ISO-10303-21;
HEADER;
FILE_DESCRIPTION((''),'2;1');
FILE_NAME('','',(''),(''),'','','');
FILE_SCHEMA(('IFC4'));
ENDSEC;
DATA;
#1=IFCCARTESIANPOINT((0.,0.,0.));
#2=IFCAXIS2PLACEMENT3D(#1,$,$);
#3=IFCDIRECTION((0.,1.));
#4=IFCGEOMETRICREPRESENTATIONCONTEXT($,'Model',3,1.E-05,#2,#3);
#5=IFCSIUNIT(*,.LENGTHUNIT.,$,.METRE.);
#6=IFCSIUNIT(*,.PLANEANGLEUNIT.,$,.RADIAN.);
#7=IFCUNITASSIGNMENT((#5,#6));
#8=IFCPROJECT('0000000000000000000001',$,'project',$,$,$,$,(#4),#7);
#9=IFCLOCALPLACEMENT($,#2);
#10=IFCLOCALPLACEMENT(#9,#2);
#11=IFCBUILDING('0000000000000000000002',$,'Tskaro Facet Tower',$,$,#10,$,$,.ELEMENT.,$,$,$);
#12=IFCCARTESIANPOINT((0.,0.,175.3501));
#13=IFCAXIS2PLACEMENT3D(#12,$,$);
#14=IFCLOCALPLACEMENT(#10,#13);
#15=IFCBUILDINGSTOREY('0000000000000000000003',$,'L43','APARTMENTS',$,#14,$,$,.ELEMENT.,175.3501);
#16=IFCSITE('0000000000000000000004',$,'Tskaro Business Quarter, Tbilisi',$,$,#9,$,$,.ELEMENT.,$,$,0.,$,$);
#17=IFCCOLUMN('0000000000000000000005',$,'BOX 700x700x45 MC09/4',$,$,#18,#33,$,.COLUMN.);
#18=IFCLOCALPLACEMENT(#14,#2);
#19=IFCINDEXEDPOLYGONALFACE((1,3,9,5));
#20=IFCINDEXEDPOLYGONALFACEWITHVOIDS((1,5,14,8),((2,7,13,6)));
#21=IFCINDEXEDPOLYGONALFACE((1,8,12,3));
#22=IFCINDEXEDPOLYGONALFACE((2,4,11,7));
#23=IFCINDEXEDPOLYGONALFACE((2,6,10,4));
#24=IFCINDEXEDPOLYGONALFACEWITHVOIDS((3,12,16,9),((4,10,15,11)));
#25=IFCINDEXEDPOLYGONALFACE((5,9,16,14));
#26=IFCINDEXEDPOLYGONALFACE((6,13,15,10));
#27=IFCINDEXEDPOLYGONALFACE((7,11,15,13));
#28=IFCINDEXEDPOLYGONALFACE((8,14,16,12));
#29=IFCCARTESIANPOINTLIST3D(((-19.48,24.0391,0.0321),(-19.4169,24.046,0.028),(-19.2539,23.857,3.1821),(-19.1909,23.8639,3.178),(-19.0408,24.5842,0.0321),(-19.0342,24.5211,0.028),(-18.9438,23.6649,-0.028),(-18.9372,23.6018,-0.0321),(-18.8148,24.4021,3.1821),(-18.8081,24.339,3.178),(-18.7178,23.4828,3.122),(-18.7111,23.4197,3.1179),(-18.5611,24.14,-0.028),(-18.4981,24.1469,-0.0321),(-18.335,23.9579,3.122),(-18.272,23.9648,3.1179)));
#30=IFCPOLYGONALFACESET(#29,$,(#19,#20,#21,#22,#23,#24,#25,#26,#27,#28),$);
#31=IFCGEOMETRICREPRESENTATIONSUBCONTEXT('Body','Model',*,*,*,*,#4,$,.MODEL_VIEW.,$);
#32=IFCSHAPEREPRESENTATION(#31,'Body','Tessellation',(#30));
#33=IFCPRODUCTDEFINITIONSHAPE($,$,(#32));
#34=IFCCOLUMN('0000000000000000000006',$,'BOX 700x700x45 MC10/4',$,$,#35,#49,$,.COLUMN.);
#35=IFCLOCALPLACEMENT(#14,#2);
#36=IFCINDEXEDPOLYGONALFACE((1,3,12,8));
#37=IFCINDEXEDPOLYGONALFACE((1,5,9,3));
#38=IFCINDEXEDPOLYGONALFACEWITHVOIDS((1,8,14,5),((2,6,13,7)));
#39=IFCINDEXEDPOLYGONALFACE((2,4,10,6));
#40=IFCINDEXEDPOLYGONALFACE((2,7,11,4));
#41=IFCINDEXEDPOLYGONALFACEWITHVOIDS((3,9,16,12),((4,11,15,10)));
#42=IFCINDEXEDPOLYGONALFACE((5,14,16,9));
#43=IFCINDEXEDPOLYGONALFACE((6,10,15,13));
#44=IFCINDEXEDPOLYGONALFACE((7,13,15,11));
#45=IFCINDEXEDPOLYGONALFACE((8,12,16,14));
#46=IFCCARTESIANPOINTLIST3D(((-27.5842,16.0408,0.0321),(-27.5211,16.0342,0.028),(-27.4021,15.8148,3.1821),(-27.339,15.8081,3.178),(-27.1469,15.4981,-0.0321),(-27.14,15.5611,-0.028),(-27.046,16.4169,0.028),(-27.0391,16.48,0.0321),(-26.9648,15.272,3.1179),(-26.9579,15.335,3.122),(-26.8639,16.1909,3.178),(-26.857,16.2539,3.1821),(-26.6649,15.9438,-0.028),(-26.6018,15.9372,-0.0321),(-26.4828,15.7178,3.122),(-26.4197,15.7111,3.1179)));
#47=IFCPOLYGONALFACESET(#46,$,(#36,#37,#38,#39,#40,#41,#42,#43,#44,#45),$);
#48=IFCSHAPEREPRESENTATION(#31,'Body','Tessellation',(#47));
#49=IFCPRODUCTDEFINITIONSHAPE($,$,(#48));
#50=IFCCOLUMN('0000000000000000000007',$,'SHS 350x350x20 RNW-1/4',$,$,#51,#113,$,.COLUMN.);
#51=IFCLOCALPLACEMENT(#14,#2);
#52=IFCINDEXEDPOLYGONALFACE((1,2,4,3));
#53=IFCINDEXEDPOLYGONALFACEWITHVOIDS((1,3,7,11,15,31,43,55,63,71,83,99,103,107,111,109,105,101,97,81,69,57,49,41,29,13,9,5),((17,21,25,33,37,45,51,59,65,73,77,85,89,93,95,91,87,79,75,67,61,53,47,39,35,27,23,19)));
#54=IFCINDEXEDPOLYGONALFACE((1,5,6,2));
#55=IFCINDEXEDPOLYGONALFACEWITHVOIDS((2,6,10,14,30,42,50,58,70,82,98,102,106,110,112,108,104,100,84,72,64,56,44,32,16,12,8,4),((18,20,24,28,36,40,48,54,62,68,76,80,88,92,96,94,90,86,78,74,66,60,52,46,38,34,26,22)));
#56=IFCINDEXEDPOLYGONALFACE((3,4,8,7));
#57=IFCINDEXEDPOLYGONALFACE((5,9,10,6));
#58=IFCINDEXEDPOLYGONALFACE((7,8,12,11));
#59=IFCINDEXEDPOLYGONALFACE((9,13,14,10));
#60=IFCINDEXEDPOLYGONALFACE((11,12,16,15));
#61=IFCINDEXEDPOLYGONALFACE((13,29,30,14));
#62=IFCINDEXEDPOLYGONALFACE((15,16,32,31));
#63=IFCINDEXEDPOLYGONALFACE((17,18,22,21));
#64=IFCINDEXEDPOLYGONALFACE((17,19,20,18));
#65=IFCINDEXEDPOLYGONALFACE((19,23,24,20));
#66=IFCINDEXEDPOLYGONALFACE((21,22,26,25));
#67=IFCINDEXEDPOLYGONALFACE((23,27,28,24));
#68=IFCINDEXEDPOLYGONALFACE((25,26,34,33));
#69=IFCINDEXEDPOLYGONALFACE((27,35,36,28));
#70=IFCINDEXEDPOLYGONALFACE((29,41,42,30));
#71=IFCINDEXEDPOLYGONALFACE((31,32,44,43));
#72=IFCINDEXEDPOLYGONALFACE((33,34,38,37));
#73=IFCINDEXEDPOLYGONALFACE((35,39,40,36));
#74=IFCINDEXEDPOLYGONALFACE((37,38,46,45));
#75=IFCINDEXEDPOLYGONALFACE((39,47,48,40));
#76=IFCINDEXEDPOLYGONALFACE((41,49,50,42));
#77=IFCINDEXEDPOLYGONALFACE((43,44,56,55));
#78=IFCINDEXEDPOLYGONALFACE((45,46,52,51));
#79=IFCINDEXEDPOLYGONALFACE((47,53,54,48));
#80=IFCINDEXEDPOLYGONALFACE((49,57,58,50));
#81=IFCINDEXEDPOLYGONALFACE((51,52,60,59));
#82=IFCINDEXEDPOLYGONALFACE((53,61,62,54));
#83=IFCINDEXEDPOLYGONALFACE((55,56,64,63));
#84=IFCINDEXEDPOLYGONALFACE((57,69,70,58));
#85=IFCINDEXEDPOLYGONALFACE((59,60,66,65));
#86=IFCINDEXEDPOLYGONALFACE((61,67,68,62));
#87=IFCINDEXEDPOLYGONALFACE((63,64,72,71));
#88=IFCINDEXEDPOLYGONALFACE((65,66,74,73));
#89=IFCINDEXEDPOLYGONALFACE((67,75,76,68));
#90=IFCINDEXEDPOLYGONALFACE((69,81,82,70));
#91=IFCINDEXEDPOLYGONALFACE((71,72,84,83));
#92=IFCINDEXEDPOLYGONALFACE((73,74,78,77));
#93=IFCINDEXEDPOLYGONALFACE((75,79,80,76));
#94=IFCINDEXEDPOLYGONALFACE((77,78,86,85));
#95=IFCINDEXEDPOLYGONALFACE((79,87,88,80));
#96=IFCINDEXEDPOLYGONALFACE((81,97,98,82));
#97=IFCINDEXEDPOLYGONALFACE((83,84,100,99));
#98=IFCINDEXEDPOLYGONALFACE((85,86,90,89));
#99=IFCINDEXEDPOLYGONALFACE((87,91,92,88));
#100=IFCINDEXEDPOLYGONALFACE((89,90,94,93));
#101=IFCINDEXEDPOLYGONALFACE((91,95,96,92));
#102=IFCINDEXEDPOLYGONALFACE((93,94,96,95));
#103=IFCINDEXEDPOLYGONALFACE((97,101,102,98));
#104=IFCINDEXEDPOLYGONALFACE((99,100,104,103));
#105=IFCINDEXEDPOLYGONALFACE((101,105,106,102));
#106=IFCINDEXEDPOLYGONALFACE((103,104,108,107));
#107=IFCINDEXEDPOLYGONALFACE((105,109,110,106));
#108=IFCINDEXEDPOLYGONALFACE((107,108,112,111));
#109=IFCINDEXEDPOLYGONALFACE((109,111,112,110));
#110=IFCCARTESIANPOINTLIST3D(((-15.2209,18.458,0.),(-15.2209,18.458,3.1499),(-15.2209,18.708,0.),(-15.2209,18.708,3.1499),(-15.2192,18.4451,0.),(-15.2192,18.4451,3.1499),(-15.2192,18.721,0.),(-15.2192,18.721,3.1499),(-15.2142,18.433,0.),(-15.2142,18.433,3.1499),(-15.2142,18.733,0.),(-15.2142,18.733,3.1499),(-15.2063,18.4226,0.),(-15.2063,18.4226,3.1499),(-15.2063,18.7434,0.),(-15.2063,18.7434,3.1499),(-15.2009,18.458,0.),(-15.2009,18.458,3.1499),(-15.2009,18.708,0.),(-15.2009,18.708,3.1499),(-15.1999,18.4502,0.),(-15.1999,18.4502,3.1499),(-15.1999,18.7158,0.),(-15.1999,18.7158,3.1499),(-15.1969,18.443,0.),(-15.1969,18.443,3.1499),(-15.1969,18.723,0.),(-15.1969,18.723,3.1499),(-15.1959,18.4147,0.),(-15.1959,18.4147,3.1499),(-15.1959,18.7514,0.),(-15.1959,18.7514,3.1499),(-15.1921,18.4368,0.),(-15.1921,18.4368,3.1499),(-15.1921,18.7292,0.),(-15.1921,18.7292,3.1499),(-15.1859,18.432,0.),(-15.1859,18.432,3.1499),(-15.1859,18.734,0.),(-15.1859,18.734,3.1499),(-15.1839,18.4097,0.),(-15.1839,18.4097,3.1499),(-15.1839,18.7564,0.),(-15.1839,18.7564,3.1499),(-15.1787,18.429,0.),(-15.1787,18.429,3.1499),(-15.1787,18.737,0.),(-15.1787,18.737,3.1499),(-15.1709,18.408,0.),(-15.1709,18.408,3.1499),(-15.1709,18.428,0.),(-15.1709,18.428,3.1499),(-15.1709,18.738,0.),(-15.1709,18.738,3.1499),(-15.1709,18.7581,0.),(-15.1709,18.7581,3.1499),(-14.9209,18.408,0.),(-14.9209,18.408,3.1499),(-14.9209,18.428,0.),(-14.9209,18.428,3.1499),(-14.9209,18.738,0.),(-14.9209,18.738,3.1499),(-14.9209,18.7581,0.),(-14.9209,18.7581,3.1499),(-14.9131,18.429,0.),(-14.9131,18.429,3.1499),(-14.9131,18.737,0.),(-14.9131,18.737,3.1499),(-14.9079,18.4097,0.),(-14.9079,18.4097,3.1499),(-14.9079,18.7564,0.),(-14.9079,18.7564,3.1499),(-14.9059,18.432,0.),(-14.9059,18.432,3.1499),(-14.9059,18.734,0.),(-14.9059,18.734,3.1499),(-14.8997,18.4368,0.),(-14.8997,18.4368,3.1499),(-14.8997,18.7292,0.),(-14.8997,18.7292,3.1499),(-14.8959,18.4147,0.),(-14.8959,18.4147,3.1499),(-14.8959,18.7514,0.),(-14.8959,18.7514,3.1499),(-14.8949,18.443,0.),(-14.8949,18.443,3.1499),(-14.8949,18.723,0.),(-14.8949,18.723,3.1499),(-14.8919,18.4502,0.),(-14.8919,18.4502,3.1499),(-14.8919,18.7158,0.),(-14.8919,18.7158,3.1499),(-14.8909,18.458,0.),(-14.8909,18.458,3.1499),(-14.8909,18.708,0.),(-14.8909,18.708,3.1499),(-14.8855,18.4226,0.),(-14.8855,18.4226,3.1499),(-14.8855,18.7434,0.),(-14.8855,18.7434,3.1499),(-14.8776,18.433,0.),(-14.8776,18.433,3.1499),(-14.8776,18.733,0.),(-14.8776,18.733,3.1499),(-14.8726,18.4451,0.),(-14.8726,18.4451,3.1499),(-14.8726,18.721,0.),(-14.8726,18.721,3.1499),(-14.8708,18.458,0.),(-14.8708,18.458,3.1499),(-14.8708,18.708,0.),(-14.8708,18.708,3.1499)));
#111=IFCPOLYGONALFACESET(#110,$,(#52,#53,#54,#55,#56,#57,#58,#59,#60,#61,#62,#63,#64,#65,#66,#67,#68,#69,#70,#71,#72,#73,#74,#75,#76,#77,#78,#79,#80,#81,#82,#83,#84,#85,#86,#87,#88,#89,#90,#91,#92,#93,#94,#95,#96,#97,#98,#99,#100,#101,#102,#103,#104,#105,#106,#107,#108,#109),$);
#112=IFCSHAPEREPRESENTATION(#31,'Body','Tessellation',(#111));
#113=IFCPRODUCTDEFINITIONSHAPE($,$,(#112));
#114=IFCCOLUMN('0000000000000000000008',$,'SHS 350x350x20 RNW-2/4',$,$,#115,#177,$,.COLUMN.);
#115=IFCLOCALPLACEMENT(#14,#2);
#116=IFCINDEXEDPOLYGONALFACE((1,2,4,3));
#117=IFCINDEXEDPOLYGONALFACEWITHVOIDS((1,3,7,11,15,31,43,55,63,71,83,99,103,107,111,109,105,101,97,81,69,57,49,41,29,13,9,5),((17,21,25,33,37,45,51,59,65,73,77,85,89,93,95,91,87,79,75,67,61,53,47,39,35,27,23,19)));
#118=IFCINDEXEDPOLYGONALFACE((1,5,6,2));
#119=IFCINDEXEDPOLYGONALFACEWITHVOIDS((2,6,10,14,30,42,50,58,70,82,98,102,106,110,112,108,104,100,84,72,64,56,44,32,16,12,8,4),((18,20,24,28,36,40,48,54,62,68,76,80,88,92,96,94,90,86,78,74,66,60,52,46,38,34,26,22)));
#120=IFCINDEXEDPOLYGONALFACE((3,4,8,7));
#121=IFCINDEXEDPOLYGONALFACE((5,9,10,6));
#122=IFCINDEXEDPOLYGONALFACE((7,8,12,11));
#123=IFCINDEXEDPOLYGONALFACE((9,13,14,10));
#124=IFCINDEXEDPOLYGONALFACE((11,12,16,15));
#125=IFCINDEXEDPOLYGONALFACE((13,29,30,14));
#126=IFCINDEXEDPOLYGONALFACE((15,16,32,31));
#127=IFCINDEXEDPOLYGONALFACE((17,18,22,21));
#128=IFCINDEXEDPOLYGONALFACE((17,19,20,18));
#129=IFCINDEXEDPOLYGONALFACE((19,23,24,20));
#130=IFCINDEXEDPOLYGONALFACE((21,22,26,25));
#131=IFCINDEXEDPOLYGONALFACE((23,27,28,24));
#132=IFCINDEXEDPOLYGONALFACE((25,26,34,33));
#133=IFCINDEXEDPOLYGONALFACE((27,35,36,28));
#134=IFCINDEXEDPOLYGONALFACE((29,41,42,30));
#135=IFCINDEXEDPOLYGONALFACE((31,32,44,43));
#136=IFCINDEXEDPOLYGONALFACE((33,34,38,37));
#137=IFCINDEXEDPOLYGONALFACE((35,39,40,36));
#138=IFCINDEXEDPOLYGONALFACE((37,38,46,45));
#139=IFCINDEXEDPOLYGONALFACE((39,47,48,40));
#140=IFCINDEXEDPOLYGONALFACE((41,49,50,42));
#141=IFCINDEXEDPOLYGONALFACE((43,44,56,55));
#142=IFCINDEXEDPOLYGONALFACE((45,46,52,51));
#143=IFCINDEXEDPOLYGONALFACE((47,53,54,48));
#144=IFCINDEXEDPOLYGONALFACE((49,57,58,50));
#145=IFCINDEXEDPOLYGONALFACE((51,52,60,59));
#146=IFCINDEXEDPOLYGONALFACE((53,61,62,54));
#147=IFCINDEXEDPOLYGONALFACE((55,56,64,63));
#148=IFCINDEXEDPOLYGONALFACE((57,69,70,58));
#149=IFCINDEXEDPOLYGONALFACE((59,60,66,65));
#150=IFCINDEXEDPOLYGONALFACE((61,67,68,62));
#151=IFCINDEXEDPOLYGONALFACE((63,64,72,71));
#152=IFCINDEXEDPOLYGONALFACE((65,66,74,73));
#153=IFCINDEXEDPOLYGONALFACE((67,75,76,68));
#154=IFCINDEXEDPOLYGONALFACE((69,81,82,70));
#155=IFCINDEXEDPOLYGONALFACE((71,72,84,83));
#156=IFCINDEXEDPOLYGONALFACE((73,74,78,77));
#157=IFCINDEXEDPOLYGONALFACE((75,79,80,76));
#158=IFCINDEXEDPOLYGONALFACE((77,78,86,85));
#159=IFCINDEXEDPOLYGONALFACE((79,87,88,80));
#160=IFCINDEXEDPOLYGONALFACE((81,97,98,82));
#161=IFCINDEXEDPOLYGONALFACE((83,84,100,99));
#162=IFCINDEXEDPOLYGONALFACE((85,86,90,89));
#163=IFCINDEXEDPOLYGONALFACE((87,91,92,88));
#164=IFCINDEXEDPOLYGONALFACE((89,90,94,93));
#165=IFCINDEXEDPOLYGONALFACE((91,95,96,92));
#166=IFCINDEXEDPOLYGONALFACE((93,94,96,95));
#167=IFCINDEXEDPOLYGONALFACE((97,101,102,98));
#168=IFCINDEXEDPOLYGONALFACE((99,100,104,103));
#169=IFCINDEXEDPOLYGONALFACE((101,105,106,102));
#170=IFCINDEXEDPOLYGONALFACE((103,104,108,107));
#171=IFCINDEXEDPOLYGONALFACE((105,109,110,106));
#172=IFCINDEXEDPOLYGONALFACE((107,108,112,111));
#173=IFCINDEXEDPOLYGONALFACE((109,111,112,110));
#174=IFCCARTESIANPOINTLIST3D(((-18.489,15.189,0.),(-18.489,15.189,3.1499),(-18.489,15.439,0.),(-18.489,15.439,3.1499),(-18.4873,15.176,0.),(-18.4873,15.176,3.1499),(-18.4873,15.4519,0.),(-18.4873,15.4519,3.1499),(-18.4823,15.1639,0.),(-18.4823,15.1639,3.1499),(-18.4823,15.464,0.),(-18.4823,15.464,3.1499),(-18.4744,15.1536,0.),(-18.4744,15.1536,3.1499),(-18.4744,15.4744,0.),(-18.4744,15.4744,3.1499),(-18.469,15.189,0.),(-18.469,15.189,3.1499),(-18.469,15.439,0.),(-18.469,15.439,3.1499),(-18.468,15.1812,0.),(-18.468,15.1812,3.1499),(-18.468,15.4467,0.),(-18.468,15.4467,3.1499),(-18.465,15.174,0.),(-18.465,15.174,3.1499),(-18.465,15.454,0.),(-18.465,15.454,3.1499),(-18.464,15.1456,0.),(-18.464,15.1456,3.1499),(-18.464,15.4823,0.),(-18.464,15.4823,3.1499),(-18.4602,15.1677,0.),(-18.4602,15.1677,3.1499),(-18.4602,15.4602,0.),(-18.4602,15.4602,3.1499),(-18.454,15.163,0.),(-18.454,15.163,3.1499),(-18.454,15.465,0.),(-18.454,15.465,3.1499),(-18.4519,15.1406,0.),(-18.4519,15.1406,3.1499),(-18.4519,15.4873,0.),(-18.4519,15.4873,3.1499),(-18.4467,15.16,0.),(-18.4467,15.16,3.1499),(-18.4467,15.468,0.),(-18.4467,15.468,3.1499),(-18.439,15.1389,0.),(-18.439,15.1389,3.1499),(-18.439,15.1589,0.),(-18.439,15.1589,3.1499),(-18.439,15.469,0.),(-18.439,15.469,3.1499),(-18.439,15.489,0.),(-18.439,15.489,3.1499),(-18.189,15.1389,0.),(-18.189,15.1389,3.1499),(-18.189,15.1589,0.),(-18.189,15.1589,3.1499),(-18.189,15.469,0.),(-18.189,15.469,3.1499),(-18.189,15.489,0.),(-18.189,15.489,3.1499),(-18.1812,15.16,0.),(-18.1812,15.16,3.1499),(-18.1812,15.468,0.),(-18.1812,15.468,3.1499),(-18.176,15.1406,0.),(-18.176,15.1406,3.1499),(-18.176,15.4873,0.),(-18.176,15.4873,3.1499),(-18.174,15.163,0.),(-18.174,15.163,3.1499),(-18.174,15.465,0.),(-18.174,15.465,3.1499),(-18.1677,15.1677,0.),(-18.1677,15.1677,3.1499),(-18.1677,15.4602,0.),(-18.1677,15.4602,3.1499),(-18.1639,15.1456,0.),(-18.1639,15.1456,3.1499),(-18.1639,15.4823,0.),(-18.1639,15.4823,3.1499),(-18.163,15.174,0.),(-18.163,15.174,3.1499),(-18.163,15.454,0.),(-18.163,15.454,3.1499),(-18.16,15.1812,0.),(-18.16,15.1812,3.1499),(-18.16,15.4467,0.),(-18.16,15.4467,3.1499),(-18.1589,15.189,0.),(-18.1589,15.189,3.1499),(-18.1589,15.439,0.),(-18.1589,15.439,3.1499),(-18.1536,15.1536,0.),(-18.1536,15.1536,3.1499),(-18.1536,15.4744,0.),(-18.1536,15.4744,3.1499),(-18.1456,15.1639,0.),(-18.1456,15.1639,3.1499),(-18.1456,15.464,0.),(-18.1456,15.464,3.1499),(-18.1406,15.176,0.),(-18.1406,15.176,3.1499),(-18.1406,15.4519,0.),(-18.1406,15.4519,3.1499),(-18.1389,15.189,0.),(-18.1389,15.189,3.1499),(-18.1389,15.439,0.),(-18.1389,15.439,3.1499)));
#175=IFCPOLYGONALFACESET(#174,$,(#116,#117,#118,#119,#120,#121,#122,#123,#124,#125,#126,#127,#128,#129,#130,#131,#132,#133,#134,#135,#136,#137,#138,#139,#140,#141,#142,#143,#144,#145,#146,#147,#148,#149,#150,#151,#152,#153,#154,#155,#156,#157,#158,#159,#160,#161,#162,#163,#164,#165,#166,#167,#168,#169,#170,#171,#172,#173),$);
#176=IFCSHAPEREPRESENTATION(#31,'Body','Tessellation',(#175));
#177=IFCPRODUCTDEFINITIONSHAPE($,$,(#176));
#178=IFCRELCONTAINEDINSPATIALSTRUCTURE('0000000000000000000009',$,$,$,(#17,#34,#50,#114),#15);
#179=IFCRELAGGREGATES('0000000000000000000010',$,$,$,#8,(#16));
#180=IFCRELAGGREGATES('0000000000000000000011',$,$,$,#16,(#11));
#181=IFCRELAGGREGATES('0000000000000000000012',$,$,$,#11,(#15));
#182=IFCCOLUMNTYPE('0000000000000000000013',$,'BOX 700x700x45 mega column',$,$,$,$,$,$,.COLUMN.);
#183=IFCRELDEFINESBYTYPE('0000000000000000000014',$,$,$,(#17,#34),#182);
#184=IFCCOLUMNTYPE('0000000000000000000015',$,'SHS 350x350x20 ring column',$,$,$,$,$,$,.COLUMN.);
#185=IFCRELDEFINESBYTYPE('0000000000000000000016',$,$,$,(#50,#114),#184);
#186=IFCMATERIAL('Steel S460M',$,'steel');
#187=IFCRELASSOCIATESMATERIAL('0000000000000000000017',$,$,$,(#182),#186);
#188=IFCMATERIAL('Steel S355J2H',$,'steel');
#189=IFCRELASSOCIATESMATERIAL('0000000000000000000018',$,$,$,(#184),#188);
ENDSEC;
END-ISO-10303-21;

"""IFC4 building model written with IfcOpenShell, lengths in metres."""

from ifc_helpers import new_model, si_unit, direction, frame, origin, origin_2d, place, context, subcontext, project, spatial, hollow_rectangle, extrude, material, material_profile, profile_set, type_object, element, save


model = new_model("IFC4")

# Units and contexts
model_context = context("Model", 3, precision=1e-05, world=origin(), true_north=direction((0.0, 1.0)))
body_context = subcontext(model_context, "Body", "Model", "MODEL_VIEW")
ifc_project = project(units=[si_unit("LENGTHUNIT", "METRE"), si_unit("PLANEANGLEUNIT", "RADIAN")], contexts=[model_context])

# Site, building, storey
site_placement = place(None, origin())
site = spatial("IfcSite", under=ifc_project, at=site_placement, Name="Tskaro Business Quarter, Tbilisi", CompositionType="ELEMENT", RefElevation=0.0)
building_placement = place(site_placement, origin())
building = spatial("IfcBuilding", under=site, at=building_placement, Name="Tskaro Facet Tower", CompositionType="ELEMENT")
storey_placement = place(building_placement, frame((0.0, 0.0, 175.3501)))
storey = spatial("IfcBuildingStorey", under=building, at=storey_placement, Name="L43", Description="APARTMENTS", CompositionType="ELEMENT", Elevation=175.3501)

# Columns
ifc_material_1 = material(Name="Steel S460M", Category="steel")
ifc_material_profile_1 = material_profile(ifc_material_1, hollow_rectangle(XDim=0.7, YDim=0.7, WallThickness=0.0449, at=origin_2d()), Name="BOX 700x700x45")
ifc_profile_set_1 = profile_set([ifc_material_profile_1], Name="Steel S460M")
column_type_1 = type_object("IfcColumnType", Name="BOX 700x700x45 mega column", PredefinedType="COLUMN", material=ifc_profile_set_1)
for number, where, z_axis, x_axis, name in (
    (1, (-18.989, 24.093, 0.0), (0.071469, -0.057576, 0.99578), (0.627358, 0.778731, 0.0), "BOX 700x700x45 MC09/4"),
    (2, (-27.093, 15.989, 0.0), (0.057576, -0.071469, 0.99578), (0.778731, 0.627358, 0.0), "BOX 700x700x45 MC10/4"),
):
    element("IfcColumn", number, at=place(storey_placement, frame(where, z_axis=z_axis, x_axis=x_axis)), inside=storey, type_object=column_type_1, Name=name, PredefinedType="COLUMN", context=body_context, shape_type="SweptSolid", body=[
        extrude(hollow_rectangle(XDim=0.7, YDim=0.7, WallThickness=0.0449, at=origin_2d()), origin(), (0.0, 0.0, 1.0), 3.1633),
    ])
ifc_material_2 = material(Name="Steel S355J2H", Category="steel")
ifc_material_profile_2 = material_profile(ifc_material_2, hollow_rectangle(XDim=0.3501, YDim=0.3501, WallThickness=0.02, InnerFilletRadius=0.03, OuterFilletRadius=0.05, at=origin_2d()), Name="SHS 350x350x20")
ifc_profile_set_2 = profile_set([ifc_material_profile_2], Name="Steel S355J2H")
column_type_2 = type_object("IfcColumnType", Name="SHS 350x350x20 ring column", PredefinedType="COLUMN", material=ifc_profile_set_2)
for number, where, z_axis, x_axis, name in (
    (3, (-15.0459, 18.583, 0.0), (0.0, 0.0, 1.0), (1.0, 0.0, 0.0), "SHS 350x350x20 RNW-1/4"),
    (4, (-18.314, 15.314, 0.0), (0.0, 0.0, 1.0), (1.0, 0.0, 0.0), "SHS 350x350x20 RNW-2/4"),
):
    element("IfcColumn", number, at=place(storey_placement, frame(where, z_axis=z_axis, x_axis=x_axis)), inside=storey, type_object=column_type_2, Name=name, PredefinedType="COLUMN", context=body_context, shape_type="SweptSolid", body=[
        extrude(hollow_rectangle(XDim=0.3501, YDim=0.3501, WallThickness=0.02, InnerFilletRadius=0.03, OuterFilletRadius=0.05, at=origin_2d()), origin(), (0.0, 0.0, 1.0), 3.1499),
    ])

save(model, "model.ifc")
